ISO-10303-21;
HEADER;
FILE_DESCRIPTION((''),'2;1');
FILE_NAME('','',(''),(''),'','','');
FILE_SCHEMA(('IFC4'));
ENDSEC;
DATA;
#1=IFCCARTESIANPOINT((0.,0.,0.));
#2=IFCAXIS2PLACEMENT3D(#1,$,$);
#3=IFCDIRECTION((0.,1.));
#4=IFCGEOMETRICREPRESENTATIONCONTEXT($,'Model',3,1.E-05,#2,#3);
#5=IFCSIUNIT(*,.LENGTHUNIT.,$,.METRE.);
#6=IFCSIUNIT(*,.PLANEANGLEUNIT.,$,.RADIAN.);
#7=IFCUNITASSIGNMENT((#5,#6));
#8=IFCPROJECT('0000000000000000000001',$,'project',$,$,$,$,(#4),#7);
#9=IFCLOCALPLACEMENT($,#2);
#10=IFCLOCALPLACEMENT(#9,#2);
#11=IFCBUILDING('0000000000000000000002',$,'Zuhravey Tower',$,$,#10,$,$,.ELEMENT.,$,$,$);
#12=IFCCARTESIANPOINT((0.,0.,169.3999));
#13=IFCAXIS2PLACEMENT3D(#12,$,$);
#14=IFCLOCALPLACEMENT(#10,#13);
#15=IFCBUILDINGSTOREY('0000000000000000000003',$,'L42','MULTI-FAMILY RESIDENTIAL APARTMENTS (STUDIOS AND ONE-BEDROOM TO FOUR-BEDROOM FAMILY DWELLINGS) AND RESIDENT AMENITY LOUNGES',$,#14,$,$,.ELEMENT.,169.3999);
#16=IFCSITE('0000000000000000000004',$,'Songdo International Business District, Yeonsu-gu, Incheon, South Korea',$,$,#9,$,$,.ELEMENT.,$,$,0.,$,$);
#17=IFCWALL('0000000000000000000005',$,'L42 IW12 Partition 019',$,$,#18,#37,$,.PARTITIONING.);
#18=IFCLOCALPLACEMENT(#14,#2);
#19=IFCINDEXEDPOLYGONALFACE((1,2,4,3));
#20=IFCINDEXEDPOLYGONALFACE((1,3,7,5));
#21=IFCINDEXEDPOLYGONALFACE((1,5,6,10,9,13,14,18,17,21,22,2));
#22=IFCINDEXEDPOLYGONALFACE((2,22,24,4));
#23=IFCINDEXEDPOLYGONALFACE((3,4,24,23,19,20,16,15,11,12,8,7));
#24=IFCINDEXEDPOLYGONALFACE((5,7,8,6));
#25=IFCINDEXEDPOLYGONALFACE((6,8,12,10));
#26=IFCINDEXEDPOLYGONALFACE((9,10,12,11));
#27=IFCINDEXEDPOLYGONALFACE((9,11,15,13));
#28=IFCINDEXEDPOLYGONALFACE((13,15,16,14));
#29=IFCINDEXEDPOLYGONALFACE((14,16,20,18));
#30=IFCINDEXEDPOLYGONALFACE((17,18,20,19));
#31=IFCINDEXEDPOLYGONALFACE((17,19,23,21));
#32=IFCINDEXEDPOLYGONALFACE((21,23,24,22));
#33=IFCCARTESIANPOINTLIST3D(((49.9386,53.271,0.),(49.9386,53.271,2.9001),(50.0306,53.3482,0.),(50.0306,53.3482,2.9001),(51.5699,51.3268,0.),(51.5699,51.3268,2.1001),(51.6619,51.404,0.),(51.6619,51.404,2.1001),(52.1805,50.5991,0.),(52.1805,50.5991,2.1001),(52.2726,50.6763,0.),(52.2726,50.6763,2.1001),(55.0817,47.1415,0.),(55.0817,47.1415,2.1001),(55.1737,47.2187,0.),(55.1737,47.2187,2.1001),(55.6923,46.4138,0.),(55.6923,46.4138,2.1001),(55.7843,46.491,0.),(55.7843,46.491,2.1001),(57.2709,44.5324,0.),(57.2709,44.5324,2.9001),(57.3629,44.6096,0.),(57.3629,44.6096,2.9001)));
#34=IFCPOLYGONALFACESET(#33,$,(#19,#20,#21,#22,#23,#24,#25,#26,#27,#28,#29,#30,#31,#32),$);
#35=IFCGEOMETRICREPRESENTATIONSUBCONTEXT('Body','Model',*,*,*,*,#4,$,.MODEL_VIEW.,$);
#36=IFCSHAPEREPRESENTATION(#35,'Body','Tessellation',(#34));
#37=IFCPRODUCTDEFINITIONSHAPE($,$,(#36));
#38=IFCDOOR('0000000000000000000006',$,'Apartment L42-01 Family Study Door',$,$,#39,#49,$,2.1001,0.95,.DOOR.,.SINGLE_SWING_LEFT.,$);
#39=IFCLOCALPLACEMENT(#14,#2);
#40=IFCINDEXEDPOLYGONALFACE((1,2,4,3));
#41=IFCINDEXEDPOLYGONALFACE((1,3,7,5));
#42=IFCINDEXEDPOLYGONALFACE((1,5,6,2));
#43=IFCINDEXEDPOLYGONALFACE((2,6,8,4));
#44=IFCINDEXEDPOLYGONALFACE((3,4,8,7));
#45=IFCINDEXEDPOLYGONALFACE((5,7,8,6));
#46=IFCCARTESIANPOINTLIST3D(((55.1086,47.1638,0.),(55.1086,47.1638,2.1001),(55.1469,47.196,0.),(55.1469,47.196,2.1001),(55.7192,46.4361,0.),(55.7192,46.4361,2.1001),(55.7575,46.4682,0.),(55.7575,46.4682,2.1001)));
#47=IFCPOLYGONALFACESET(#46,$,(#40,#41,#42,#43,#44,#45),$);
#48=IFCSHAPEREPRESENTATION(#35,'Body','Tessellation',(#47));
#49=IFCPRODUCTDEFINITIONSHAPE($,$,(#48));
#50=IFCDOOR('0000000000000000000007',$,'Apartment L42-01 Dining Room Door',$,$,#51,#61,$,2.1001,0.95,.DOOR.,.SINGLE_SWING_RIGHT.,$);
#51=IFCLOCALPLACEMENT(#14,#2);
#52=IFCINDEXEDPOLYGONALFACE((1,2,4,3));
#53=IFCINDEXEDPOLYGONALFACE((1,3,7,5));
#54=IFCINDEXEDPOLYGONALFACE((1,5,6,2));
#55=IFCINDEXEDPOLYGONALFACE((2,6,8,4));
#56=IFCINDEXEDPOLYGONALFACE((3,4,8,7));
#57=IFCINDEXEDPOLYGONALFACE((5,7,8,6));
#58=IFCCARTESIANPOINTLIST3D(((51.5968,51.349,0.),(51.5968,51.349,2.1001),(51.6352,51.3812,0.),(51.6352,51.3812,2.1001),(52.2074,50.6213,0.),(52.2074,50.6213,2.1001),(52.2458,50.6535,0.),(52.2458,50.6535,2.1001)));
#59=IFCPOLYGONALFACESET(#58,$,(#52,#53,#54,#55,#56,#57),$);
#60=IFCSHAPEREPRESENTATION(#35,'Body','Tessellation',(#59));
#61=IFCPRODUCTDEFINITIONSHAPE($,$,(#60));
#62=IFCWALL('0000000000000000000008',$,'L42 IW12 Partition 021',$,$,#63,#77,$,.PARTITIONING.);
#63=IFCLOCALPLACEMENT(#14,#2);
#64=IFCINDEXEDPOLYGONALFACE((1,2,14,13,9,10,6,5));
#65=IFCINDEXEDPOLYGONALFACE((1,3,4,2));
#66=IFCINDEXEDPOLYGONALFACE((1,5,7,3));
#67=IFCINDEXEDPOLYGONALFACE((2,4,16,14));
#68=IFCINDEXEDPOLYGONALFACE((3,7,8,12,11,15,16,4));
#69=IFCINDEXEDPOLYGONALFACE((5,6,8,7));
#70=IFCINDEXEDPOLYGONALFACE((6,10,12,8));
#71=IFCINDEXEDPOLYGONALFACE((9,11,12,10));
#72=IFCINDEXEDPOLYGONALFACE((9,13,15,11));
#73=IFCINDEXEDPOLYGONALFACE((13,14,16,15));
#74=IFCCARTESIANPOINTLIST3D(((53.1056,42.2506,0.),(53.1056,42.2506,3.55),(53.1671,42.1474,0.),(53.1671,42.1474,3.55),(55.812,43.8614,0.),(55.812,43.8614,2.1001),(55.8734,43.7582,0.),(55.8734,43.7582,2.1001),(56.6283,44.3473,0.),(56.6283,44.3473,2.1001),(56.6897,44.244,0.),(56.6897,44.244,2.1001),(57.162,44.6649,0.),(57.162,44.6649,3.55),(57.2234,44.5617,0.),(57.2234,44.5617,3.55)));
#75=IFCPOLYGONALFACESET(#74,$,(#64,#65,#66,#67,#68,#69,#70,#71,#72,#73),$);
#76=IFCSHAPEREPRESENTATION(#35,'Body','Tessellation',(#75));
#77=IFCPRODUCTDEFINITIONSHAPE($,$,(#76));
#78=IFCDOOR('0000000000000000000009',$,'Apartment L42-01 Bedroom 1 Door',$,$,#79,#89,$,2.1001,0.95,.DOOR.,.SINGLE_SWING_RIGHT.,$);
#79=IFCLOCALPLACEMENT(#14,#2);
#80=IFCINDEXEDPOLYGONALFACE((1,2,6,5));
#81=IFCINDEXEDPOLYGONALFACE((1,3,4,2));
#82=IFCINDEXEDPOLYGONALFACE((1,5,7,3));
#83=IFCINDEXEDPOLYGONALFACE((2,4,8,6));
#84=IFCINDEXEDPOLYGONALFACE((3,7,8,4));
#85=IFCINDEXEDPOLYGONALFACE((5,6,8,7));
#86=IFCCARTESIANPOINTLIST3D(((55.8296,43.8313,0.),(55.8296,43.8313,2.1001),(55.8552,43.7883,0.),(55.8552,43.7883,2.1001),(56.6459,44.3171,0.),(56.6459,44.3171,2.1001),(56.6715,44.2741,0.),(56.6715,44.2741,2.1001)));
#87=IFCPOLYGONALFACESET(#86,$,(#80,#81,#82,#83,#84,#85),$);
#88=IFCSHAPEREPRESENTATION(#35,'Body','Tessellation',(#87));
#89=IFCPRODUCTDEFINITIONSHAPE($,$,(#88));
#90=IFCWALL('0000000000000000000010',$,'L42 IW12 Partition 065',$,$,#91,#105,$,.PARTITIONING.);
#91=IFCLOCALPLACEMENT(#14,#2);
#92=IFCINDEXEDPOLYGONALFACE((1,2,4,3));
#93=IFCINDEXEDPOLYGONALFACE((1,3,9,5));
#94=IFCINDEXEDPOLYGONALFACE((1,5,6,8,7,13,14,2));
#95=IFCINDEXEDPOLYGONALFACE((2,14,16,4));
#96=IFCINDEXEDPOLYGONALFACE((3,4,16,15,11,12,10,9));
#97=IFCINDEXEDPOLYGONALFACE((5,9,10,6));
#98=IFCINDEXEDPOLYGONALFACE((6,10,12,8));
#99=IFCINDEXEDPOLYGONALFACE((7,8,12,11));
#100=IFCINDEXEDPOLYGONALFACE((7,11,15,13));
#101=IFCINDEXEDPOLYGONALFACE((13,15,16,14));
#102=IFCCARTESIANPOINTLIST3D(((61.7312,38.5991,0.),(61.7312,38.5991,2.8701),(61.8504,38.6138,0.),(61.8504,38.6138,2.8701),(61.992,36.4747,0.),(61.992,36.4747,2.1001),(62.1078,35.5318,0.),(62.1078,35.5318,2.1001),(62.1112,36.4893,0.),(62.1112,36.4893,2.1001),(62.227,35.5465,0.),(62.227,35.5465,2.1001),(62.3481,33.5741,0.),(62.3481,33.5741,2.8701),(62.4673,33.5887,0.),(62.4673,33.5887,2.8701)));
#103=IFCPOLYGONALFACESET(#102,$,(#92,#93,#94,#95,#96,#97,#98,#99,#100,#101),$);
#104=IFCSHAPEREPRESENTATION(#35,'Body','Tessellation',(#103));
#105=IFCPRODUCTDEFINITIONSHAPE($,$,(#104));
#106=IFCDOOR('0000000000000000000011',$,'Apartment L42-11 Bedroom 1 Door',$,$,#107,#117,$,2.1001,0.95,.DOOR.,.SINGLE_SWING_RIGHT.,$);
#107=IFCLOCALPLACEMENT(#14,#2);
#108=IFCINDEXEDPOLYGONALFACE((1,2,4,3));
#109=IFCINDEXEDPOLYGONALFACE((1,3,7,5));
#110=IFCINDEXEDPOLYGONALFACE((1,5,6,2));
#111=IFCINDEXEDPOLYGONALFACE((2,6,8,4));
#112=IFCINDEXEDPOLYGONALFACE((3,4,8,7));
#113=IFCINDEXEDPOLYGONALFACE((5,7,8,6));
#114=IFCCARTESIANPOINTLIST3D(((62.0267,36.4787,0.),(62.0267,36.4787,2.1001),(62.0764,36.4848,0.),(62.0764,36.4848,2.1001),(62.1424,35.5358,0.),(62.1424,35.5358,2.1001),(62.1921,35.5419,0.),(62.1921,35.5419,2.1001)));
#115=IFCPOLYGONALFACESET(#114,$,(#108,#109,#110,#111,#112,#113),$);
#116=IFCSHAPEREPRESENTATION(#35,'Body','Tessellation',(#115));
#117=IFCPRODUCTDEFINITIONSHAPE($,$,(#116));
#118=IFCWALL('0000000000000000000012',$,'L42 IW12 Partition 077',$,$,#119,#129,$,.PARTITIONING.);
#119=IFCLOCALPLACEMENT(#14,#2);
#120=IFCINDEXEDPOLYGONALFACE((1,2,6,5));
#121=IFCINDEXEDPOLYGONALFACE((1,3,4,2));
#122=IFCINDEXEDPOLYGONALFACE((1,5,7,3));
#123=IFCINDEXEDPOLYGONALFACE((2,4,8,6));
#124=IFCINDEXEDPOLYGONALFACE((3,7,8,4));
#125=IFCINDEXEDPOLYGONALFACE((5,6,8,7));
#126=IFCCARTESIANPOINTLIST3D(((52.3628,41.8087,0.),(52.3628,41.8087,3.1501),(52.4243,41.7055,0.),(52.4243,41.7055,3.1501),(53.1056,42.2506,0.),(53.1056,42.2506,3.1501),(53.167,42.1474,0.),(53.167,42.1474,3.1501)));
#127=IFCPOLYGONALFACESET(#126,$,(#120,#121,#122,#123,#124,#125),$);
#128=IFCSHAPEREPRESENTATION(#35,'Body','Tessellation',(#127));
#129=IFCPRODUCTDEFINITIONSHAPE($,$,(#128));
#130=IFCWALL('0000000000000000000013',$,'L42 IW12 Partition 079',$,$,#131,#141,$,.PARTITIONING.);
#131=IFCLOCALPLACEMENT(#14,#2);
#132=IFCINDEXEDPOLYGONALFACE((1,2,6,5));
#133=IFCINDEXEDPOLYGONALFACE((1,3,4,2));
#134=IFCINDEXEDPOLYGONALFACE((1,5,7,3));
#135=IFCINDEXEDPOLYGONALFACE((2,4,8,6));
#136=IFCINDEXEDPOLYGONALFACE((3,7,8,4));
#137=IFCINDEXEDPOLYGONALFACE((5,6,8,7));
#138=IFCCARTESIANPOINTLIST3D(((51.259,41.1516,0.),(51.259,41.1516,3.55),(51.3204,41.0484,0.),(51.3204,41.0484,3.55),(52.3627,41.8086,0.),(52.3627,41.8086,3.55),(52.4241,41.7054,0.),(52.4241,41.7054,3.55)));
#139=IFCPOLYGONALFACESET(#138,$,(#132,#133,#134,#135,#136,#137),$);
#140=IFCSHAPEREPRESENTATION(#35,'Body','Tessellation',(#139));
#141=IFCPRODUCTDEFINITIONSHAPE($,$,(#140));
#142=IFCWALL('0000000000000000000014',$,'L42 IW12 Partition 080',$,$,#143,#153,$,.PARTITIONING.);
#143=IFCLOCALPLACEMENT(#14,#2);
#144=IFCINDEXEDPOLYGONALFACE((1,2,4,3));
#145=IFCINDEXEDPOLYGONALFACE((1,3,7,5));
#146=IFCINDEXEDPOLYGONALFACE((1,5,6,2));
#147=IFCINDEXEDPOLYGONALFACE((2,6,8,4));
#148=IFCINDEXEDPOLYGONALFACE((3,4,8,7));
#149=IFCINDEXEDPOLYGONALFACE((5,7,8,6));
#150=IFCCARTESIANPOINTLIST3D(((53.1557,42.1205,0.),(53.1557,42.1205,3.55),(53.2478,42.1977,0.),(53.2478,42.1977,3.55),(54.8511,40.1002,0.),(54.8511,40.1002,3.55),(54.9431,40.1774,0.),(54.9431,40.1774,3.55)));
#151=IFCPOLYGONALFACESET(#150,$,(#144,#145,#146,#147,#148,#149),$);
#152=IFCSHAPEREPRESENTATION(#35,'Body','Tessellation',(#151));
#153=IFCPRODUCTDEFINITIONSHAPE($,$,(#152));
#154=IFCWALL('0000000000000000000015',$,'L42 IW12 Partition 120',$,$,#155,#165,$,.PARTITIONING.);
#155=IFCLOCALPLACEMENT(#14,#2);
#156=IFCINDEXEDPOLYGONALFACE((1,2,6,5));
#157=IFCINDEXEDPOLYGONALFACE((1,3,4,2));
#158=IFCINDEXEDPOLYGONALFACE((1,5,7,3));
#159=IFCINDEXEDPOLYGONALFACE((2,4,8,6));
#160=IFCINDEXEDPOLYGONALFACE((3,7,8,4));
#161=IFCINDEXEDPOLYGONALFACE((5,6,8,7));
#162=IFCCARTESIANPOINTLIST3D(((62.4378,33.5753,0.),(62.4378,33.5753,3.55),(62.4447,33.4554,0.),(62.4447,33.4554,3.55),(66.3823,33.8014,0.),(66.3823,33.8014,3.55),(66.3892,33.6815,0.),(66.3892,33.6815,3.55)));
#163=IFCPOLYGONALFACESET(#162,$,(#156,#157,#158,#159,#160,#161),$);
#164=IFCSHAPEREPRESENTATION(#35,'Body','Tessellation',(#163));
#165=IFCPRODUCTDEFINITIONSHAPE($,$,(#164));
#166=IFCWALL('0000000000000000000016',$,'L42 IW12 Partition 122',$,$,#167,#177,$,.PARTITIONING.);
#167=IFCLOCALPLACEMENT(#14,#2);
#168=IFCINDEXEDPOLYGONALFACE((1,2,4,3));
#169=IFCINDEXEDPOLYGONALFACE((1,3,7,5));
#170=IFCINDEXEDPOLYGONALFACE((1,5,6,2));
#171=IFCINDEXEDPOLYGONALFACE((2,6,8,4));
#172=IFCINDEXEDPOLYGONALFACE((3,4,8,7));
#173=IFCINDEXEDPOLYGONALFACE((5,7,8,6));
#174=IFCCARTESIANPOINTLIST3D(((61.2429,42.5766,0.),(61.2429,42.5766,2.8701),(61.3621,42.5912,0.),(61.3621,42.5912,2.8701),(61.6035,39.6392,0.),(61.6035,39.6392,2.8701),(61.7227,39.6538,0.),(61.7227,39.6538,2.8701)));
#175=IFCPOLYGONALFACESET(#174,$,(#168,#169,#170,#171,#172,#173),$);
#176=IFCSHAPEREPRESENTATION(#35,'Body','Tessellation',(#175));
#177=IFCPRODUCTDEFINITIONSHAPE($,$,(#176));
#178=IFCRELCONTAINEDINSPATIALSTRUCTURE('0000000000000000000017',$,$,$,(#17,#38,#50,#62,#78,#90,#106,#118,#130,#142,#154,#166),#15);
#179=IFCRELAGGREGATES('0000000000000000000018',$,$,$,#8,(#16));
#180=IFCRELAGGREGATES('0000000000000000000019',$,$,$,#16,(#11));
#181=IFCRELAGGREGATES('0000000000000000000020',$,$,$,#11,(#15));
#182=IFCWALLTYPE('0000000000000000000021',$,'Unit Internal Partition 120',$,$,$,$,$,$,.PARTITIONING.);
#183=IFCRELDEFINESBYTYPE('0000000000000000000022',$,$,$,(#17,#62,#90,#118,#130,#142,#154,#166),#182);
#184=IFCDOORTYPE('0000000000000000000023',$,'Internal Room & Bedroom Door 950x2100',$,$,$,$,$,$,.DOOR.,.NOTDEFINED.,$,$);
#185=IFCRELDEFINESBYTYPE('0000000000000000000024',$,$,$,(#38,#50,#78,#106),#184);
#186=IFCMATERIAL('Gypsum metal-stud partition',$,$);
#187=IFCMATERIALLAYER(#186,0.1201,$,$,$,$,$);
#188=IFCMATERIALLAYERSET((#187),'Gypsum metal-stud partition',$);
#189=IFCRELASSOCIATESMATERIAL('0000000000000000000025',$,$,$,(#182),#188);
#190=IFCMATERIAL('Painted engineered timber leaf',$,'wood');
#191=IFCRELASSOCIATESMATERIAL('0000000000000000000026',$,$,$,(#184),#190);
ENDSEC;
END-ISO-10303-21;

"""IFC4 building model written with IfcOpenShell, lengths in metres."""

from ifc_helpers import new_model, si_unit, direction, frame, frame_2d, origin, place, context, subcontext, project, spatial, rectangle, extrude, material, layer, layer_set, type_object, element, fill, save


model = new_model("IFC4")

# Units and contexts
model_context = context("Model", 3, precision=1e-05, world=origin(), true_north=direction((0.0, 1.0)))
body_context = subcontext(model_context, "Body", "Model", "MODEL_VIEW")
ifc_project = project(units=[si_unit("LENGTHUNIT", "METRE"), si_unit("PLANEANGLEUNIT", "RADIAN")], contexts=[model_context])

# Site, building, storey
site_placement = place(None, origin())
site = spatial("IfcSite", under=ifc_project, at=site_placement, Name="Songdo International Business District, Yeonsu-gu, Incheon, South Korea", CompositionType="ELEMENT", RefElevation=0.0)
building_placement = place(site_placement, origin())
building = spatial("IfcBuilding", under=site, at=building_placement, Name="Zuhravey Tower", CompositionType="ELEMENT")
storey_placement = place(building_placement, frame((0.0, 0.0, 169.3999)))
storey = spatial("IfcBuildingStorey", under=building, at=storey_placement, Name="L42", Description="MULTI-FAMILY RESIDENTIAL APARTMENTS (STUDIOS AND ONE-BEDROOM TO FOUR-BEDROOM FAMILY DWELLINGS) AND RESIDENT AMENITY LOUNGES", CompositionType="ELEMENT", Elevation=169.3999)

# Wall, openings, doors
ifc_material_1 = material(Name="Gypsum metal-stud partition")
ifc_layer_1 = layer(ifc_material_1, 0.1201)
ifc_layer_set_1 = layer_set([ifc_layer_1], Name="Gypsum metal-stud partition")
wall_type_1 = type_object("IfcWallType", Name="Unit Internal Partition 120", PredefinedType="PARTITIONING", material=ifc_layer_set_1)
wall_1_placement = place(storey_placement, frame((57.3169, 44.571, 0.0), z_axis=(0.0, 0.0, 1.0), x_axis=(-0.642776, 0.766054, 0.0)))
wall_1 = element("IfcWall", 1, at=wall_1_placement, inside=storey, type_object=wall_type_1, Name="L42 IW12 Partition 019", PredefinedType="PARTITIONING", context=body_context, shape_type="SweptSolid", body=[
    extrude(rectangle(XDim=11.4072, YDim=0.1201, at=frame_2d((5.7036, 0.0))), origin(), (0.0, 0.0, 1.0), 2.9001),
])
opening_1_placement = place(wall_1_placement, frame((2.4558, 0.0, 0.0)))
opening_1 = element("IfcOpeningElement", 2, at=opening_1_placement, cuts=wall_1, PredefinedType="OPENING", context=body_context, shape_type="SweptSolid", body=[
    extrude(rectangle(XDim=0.95, YDim=2.1001, at=frame_2d((0.4751, 1.05))), frame((0.0, 0.072, 0.0), z_axis=(0.0, -1.0, 0.0), x_axis=(1.0, 0.0, 0.0)), (0.0, 0.0, 1.0), 0.144),
])
opening_2_placement = place(wall_1_placement, frame((7.9192, 0.0, 0.0)))
opening_2 = element("IfcOpeningElement", 3, at=opening_2_placement, cuts=wall_1, PredefinedType="OPENING", context=body_context, shape_type="SweptSolid", body=[
    extrude(rectangle(XDim=0.95, YDim=2.1001, at=frame_2d((0.4751, 1.05))), frame((0.0, 0.072, 0.0), z_axis=(0.0, -1.0, 0.0), x_axis=(1.0, 0.0, 0.0)), (0.0, 0.0, 1.0), 0.144),
])
ifc_material_2 = material(Name="Painted engineered timber leaf", Category="wood")
door_type = type_object("IfcDoorType", Name="Internal Room & Bedroom Door 950x2100", OperationType="NOTDEFINED", PredefinedType="DOOR", material=ifc_material_2)
door_1_placement = place(opening_1_placement, frame((0.95, 0.0, 0.0), z_axis=(0.0, 0.0, 1.0), x_axis=(-1.0, 0.0, 0.0)))
door_1 = element("IfcDoor", 4, at=door_1_placement, inside=storey, type_object=door_type, Name="Apartment L42-01 Family Study Door", OperationType="SINGLE_SWING_LEFT", OverallHeight=2.1001, OverallWidth=0.95, PredefinedType="DOOR", context=body_context, shape_type="SweptSolid", body=[
    extrude(rectangle(XDim=0.95, YDim=2.1001, at=frame_2d((0.4751, 1.05))), frame((0.0, 0.0249, 0.0), z_axis=(0.0, -1.0, 0.0), x_axis=(1.0, 0.0, 0.0)), (0.0, 0.0, 1.0), 0.05),
])
fill(opening_1, door_1)
door_2_placement = place(opening_2_placement, frame((0.95, 0.0, 0.0), z_axis=(0.0, 0.0, 1.0), x_axis=(-1.0, 0.0, 0.0)))
door_2 = element("IfcDoor", 5, at=door_2_placement, inside=storey, type_object=door_type, Name="Apartment L42-01 Dining Room Door", OperationType="SINGLE_SWING_RIGHT", OverallHeight=2.1001, OverallWidth=0.95, PredefinedType="DOOR", context=body_context, shape_type="SweptSolid", body=[
    extrude(rectangle(XDim=0.95, YDim=2.1001, at=frame_2d((0.4751, 1.05))), frame((0.0, 0.0249, 0.0), z_axis=(0.0, -1.0, 0.0), x_axis=(1.0, 0.0, 0.0)), (0.0, 0.0, 1.0), 0.05),
])
fill(opening_2, door_2)

# Walls, openings, doors
wall_2_placement = place(storey_placement, frame((53.1362, 42.199, 0.0), z_axis=(0.0, 0.0, 1.0), x_axis=(0.859313, 0.51145, 0.0)))
wall_2 = element("IfcWall", 6, at=wall_2_placement, inside=storey, type_object=wall_type_1, Name="L42 IW12 Partition 021", PredefinedType="PARTITIONING", context=body_context, shape_type="SweptSolid", body=[
    extrude(rectangle(XDim=4.7205, YDim=0.1201, at=frame_2d((2.3604, 0.0))), origin(), (0.0, 0.0, 1.0), 3.55),
])
opening_3_placement = place(wall_2_placement, frame((3.1494, 0.0, 0.0)))
opening_3 = element("IfcOpeningElement", 7, at=opening_3_placement, cuts=wall_2, PredefinedType="OPENING", context=body_context, shape_type="SweptSolid", body=[
    extrude(rectangle(XDim=0.95, YDim=2.1001, at=frame_2d((0.4751, 1.05))), frame((0.0, 0.072, 0.0), z_axis=(0.0, -1.0, 0.0), x_axis=(1.0, 0.0, 0.0)), (0.0, 0.0, 1.0), 0.144),
])
door_3_placement = place(opening_3_placement, frame((0.95, 0.0, 0.0), z_axis=(0.0, 0.0, 1.0), x_axis=(-1.0, 0.0, 0.0)))
door_3 = element("IfcDoor", 8, at=door_3_placement, inside=storey, type_object=door_type, Name="Apartment L42-01 Bedroom 1 Door", OperationType="SINGLE_SWING_RIGHT", OverallHeight=2.1001, OverallWidth=0.95, PredefinedType="DOOR", context=body_context, shape_type="SweptSolid", body=[
    extrude(rectangle(XDim=0.95, YDim=2.1001, at=frame_2d((0.4751, 1.05))), frame((0.0, 0.0249, 0.0), z_axis=(0.0, -1.0, 0.0), x_axis=(1.0, 0.0, 0.0)), (0.0, 0.0, 1.0), 0.05),
])
fill(opening_3, door_3)
wall_3_placement = place(storey_placement, frame((62.4077, 33.5815, 0.0), z_axis=(0.0, 0.0, 1.0), x_axis=(-0.121862, 0.992547, 0.0)))
wall_3 = element("IfcWall", 9, at=wall_3_placement, inside=storey, type_object=wall_type_1, Name="L42 IW12 Partition 065", PredefinedType="PARTITIONING", context=body_context, shape_type="SweptSolid", body=[
    extrude(rectangle(XDim=5.0627, YDim=0.1201, at=frame_2d((2.5312, 0.0))), origin(), (0.0, 0.0, 1.0), 2.8701),
])
opening_4_placement = place(wall_3_placement, frame((1.9722, 0.0, 0.0)))
opening_4 = element("IfcOpeningElement", 10, at=opening_4_placement, cuts=wall_3, PredefinedType="OPENING", context=body_context, shape_type="SweptSolid", body=[
    extrude(rectangle(XDim=0.95, YDim=2.1001, at=frame_2d((0.4751, 1.05))), frame((0.0, 0.072, 0.0), z_axis=(0.0, -1.0, 0.0), x_axis=(1.0, 0.0, 0.0)), (0.0, 0.0, 1.0), 0.144),
])
door_4_placement = place(opening_4_placement, frame((0.95, 0.0, 0.0), z_axis=(0.0, 0.0, 1.0), x_axis=(-1.0, 0.0, 0.0)))
door_4 = element("IfcDoor", 11, at=door_4_placement, inside=storey, type_object=door_type, Name="Apartment L42-11 Bedroom 1 Door", OperationType="SINGLE_SWING_RIGHT", OverallHeight=2.1001, OverallWidth=0.95, PredefinedType="DOOR", context=body_context, shape_type="SweptSolid", body=[
    extrude(rectangle(XDim=0.95, YDim=2.1001, at=frame_2d((0.4751, 1.05))), frame((0.0, 0.0249, 0.0), z_axis=(0.0, -1.0, 0.0), x_axis=(1.0, 0.0, 0.0)), (0.0, 0.0, 1.0), 0.05),
])
fill(opening_4, door_4)

# Walls
wall_4_placement = place(storey_placement, frame((52.3936, 41.7571, 0.0), z_axis=(0.0, 0.0, 1.0), x_axis=(0.859382, 0.511335, 0.0)))
element("IfcWall", 12, at=wall_4_placement, inside=storey, type_object=wall_type_1, Name="L42 IW12 Partition 077", PredefinedType="PARTITIONING", context=body_context, shape_type="SweptSolid", body=[
    extrude(rectangle(XDim=0.8643, YDim=0.1201, at=frame_2d((0.4321, 0.0))), origin(), (0.0, 0.0, 1.0), 3.1501),
])
wall_5_placement = place(storey_placement, frame((51.2898, 41.1001, 0.0), z_axis=(0.0, 0.0, 1.0), x_axis=(0.859299, 0.511474, 0.0)))
element("IfcWall", 13, at=wall_5_placement, inside=storey, type_object=wall_type_1, Name="L42 IW12 Partition 079", PredefinedType="PARTITIONING", context=body_context, shape_type="SweptSolid", body=[
    extrude(rectangle(XDim=1.2844, YDim=0.1201, at=frame_2d((0.6421, 0.0))), origin(), (0.0, 0.0, 1.0), 3.55),
])
wall_6_placement = place(storey_placement, frame((54.8972, 40.1387, 0.0), z_axis=(0.0, 0.0, 1.0), x_axis=(-0.642812, 0.766024, 0.0)))
element("IfcWall", 14, at=wall_6_placement, inside=storey, type_object=wall_type_1, Name="L42 IW12 Partition 080", PredefinedType="PARTITIONING", context=body_context, shape_type="SweptSolid", body=[
    extrude(rectangle(XDim=2.6375, YDim=0.1201, at=frame_2d((1.3188, 0.0))), origin(), (0.0, 0.0, 1.0), 3.55),
])
wall_7_placement = place(storey_placement, frame((62.4412, 33.5154, 0.0), z_axis=(0.0, 0.0, 1.0), x_axis=(0.998361, 0.057222, 0.0)))
element("IfcWall", 15, at=wall_7_placement, inside=storey, type_object=wall_type_1, Name="L42 IW12 Partition 120", PredefinedType="PARTITIONING", context=body_context, shape_type="SweptSolid", body=[
    extrude(rectangle(XDim=3.9509, YDim=0.1201, at=frame_2d((1.9756, 0.0))), origin(), (0.0, 0.0, 1.0), 3.55),
])
wall_8_placement = place(storey_placement, frame((61.6631, 39.6465, 0.0), z_axis=(0.0, 0.0, 1.0), x_axis=(-0.121841, 0.99255, 0.0)))
element("IfcWall", 16, at=wall_8_placement, inside=storey, type_object=wall_type_1, Name="L42 IW12 Partition 122", PredefinedType="PARTITIONING", context=body_context, shape_type="SweptSolid", body=[
    extrude(rectangle(XDim=2.9595, YDim=0.1201, at=frame_2d((1.4797, 0.0))), origin(), (0.0, 0.0, 1.0), 2.8701),
])

save(model, "model.ifc")
